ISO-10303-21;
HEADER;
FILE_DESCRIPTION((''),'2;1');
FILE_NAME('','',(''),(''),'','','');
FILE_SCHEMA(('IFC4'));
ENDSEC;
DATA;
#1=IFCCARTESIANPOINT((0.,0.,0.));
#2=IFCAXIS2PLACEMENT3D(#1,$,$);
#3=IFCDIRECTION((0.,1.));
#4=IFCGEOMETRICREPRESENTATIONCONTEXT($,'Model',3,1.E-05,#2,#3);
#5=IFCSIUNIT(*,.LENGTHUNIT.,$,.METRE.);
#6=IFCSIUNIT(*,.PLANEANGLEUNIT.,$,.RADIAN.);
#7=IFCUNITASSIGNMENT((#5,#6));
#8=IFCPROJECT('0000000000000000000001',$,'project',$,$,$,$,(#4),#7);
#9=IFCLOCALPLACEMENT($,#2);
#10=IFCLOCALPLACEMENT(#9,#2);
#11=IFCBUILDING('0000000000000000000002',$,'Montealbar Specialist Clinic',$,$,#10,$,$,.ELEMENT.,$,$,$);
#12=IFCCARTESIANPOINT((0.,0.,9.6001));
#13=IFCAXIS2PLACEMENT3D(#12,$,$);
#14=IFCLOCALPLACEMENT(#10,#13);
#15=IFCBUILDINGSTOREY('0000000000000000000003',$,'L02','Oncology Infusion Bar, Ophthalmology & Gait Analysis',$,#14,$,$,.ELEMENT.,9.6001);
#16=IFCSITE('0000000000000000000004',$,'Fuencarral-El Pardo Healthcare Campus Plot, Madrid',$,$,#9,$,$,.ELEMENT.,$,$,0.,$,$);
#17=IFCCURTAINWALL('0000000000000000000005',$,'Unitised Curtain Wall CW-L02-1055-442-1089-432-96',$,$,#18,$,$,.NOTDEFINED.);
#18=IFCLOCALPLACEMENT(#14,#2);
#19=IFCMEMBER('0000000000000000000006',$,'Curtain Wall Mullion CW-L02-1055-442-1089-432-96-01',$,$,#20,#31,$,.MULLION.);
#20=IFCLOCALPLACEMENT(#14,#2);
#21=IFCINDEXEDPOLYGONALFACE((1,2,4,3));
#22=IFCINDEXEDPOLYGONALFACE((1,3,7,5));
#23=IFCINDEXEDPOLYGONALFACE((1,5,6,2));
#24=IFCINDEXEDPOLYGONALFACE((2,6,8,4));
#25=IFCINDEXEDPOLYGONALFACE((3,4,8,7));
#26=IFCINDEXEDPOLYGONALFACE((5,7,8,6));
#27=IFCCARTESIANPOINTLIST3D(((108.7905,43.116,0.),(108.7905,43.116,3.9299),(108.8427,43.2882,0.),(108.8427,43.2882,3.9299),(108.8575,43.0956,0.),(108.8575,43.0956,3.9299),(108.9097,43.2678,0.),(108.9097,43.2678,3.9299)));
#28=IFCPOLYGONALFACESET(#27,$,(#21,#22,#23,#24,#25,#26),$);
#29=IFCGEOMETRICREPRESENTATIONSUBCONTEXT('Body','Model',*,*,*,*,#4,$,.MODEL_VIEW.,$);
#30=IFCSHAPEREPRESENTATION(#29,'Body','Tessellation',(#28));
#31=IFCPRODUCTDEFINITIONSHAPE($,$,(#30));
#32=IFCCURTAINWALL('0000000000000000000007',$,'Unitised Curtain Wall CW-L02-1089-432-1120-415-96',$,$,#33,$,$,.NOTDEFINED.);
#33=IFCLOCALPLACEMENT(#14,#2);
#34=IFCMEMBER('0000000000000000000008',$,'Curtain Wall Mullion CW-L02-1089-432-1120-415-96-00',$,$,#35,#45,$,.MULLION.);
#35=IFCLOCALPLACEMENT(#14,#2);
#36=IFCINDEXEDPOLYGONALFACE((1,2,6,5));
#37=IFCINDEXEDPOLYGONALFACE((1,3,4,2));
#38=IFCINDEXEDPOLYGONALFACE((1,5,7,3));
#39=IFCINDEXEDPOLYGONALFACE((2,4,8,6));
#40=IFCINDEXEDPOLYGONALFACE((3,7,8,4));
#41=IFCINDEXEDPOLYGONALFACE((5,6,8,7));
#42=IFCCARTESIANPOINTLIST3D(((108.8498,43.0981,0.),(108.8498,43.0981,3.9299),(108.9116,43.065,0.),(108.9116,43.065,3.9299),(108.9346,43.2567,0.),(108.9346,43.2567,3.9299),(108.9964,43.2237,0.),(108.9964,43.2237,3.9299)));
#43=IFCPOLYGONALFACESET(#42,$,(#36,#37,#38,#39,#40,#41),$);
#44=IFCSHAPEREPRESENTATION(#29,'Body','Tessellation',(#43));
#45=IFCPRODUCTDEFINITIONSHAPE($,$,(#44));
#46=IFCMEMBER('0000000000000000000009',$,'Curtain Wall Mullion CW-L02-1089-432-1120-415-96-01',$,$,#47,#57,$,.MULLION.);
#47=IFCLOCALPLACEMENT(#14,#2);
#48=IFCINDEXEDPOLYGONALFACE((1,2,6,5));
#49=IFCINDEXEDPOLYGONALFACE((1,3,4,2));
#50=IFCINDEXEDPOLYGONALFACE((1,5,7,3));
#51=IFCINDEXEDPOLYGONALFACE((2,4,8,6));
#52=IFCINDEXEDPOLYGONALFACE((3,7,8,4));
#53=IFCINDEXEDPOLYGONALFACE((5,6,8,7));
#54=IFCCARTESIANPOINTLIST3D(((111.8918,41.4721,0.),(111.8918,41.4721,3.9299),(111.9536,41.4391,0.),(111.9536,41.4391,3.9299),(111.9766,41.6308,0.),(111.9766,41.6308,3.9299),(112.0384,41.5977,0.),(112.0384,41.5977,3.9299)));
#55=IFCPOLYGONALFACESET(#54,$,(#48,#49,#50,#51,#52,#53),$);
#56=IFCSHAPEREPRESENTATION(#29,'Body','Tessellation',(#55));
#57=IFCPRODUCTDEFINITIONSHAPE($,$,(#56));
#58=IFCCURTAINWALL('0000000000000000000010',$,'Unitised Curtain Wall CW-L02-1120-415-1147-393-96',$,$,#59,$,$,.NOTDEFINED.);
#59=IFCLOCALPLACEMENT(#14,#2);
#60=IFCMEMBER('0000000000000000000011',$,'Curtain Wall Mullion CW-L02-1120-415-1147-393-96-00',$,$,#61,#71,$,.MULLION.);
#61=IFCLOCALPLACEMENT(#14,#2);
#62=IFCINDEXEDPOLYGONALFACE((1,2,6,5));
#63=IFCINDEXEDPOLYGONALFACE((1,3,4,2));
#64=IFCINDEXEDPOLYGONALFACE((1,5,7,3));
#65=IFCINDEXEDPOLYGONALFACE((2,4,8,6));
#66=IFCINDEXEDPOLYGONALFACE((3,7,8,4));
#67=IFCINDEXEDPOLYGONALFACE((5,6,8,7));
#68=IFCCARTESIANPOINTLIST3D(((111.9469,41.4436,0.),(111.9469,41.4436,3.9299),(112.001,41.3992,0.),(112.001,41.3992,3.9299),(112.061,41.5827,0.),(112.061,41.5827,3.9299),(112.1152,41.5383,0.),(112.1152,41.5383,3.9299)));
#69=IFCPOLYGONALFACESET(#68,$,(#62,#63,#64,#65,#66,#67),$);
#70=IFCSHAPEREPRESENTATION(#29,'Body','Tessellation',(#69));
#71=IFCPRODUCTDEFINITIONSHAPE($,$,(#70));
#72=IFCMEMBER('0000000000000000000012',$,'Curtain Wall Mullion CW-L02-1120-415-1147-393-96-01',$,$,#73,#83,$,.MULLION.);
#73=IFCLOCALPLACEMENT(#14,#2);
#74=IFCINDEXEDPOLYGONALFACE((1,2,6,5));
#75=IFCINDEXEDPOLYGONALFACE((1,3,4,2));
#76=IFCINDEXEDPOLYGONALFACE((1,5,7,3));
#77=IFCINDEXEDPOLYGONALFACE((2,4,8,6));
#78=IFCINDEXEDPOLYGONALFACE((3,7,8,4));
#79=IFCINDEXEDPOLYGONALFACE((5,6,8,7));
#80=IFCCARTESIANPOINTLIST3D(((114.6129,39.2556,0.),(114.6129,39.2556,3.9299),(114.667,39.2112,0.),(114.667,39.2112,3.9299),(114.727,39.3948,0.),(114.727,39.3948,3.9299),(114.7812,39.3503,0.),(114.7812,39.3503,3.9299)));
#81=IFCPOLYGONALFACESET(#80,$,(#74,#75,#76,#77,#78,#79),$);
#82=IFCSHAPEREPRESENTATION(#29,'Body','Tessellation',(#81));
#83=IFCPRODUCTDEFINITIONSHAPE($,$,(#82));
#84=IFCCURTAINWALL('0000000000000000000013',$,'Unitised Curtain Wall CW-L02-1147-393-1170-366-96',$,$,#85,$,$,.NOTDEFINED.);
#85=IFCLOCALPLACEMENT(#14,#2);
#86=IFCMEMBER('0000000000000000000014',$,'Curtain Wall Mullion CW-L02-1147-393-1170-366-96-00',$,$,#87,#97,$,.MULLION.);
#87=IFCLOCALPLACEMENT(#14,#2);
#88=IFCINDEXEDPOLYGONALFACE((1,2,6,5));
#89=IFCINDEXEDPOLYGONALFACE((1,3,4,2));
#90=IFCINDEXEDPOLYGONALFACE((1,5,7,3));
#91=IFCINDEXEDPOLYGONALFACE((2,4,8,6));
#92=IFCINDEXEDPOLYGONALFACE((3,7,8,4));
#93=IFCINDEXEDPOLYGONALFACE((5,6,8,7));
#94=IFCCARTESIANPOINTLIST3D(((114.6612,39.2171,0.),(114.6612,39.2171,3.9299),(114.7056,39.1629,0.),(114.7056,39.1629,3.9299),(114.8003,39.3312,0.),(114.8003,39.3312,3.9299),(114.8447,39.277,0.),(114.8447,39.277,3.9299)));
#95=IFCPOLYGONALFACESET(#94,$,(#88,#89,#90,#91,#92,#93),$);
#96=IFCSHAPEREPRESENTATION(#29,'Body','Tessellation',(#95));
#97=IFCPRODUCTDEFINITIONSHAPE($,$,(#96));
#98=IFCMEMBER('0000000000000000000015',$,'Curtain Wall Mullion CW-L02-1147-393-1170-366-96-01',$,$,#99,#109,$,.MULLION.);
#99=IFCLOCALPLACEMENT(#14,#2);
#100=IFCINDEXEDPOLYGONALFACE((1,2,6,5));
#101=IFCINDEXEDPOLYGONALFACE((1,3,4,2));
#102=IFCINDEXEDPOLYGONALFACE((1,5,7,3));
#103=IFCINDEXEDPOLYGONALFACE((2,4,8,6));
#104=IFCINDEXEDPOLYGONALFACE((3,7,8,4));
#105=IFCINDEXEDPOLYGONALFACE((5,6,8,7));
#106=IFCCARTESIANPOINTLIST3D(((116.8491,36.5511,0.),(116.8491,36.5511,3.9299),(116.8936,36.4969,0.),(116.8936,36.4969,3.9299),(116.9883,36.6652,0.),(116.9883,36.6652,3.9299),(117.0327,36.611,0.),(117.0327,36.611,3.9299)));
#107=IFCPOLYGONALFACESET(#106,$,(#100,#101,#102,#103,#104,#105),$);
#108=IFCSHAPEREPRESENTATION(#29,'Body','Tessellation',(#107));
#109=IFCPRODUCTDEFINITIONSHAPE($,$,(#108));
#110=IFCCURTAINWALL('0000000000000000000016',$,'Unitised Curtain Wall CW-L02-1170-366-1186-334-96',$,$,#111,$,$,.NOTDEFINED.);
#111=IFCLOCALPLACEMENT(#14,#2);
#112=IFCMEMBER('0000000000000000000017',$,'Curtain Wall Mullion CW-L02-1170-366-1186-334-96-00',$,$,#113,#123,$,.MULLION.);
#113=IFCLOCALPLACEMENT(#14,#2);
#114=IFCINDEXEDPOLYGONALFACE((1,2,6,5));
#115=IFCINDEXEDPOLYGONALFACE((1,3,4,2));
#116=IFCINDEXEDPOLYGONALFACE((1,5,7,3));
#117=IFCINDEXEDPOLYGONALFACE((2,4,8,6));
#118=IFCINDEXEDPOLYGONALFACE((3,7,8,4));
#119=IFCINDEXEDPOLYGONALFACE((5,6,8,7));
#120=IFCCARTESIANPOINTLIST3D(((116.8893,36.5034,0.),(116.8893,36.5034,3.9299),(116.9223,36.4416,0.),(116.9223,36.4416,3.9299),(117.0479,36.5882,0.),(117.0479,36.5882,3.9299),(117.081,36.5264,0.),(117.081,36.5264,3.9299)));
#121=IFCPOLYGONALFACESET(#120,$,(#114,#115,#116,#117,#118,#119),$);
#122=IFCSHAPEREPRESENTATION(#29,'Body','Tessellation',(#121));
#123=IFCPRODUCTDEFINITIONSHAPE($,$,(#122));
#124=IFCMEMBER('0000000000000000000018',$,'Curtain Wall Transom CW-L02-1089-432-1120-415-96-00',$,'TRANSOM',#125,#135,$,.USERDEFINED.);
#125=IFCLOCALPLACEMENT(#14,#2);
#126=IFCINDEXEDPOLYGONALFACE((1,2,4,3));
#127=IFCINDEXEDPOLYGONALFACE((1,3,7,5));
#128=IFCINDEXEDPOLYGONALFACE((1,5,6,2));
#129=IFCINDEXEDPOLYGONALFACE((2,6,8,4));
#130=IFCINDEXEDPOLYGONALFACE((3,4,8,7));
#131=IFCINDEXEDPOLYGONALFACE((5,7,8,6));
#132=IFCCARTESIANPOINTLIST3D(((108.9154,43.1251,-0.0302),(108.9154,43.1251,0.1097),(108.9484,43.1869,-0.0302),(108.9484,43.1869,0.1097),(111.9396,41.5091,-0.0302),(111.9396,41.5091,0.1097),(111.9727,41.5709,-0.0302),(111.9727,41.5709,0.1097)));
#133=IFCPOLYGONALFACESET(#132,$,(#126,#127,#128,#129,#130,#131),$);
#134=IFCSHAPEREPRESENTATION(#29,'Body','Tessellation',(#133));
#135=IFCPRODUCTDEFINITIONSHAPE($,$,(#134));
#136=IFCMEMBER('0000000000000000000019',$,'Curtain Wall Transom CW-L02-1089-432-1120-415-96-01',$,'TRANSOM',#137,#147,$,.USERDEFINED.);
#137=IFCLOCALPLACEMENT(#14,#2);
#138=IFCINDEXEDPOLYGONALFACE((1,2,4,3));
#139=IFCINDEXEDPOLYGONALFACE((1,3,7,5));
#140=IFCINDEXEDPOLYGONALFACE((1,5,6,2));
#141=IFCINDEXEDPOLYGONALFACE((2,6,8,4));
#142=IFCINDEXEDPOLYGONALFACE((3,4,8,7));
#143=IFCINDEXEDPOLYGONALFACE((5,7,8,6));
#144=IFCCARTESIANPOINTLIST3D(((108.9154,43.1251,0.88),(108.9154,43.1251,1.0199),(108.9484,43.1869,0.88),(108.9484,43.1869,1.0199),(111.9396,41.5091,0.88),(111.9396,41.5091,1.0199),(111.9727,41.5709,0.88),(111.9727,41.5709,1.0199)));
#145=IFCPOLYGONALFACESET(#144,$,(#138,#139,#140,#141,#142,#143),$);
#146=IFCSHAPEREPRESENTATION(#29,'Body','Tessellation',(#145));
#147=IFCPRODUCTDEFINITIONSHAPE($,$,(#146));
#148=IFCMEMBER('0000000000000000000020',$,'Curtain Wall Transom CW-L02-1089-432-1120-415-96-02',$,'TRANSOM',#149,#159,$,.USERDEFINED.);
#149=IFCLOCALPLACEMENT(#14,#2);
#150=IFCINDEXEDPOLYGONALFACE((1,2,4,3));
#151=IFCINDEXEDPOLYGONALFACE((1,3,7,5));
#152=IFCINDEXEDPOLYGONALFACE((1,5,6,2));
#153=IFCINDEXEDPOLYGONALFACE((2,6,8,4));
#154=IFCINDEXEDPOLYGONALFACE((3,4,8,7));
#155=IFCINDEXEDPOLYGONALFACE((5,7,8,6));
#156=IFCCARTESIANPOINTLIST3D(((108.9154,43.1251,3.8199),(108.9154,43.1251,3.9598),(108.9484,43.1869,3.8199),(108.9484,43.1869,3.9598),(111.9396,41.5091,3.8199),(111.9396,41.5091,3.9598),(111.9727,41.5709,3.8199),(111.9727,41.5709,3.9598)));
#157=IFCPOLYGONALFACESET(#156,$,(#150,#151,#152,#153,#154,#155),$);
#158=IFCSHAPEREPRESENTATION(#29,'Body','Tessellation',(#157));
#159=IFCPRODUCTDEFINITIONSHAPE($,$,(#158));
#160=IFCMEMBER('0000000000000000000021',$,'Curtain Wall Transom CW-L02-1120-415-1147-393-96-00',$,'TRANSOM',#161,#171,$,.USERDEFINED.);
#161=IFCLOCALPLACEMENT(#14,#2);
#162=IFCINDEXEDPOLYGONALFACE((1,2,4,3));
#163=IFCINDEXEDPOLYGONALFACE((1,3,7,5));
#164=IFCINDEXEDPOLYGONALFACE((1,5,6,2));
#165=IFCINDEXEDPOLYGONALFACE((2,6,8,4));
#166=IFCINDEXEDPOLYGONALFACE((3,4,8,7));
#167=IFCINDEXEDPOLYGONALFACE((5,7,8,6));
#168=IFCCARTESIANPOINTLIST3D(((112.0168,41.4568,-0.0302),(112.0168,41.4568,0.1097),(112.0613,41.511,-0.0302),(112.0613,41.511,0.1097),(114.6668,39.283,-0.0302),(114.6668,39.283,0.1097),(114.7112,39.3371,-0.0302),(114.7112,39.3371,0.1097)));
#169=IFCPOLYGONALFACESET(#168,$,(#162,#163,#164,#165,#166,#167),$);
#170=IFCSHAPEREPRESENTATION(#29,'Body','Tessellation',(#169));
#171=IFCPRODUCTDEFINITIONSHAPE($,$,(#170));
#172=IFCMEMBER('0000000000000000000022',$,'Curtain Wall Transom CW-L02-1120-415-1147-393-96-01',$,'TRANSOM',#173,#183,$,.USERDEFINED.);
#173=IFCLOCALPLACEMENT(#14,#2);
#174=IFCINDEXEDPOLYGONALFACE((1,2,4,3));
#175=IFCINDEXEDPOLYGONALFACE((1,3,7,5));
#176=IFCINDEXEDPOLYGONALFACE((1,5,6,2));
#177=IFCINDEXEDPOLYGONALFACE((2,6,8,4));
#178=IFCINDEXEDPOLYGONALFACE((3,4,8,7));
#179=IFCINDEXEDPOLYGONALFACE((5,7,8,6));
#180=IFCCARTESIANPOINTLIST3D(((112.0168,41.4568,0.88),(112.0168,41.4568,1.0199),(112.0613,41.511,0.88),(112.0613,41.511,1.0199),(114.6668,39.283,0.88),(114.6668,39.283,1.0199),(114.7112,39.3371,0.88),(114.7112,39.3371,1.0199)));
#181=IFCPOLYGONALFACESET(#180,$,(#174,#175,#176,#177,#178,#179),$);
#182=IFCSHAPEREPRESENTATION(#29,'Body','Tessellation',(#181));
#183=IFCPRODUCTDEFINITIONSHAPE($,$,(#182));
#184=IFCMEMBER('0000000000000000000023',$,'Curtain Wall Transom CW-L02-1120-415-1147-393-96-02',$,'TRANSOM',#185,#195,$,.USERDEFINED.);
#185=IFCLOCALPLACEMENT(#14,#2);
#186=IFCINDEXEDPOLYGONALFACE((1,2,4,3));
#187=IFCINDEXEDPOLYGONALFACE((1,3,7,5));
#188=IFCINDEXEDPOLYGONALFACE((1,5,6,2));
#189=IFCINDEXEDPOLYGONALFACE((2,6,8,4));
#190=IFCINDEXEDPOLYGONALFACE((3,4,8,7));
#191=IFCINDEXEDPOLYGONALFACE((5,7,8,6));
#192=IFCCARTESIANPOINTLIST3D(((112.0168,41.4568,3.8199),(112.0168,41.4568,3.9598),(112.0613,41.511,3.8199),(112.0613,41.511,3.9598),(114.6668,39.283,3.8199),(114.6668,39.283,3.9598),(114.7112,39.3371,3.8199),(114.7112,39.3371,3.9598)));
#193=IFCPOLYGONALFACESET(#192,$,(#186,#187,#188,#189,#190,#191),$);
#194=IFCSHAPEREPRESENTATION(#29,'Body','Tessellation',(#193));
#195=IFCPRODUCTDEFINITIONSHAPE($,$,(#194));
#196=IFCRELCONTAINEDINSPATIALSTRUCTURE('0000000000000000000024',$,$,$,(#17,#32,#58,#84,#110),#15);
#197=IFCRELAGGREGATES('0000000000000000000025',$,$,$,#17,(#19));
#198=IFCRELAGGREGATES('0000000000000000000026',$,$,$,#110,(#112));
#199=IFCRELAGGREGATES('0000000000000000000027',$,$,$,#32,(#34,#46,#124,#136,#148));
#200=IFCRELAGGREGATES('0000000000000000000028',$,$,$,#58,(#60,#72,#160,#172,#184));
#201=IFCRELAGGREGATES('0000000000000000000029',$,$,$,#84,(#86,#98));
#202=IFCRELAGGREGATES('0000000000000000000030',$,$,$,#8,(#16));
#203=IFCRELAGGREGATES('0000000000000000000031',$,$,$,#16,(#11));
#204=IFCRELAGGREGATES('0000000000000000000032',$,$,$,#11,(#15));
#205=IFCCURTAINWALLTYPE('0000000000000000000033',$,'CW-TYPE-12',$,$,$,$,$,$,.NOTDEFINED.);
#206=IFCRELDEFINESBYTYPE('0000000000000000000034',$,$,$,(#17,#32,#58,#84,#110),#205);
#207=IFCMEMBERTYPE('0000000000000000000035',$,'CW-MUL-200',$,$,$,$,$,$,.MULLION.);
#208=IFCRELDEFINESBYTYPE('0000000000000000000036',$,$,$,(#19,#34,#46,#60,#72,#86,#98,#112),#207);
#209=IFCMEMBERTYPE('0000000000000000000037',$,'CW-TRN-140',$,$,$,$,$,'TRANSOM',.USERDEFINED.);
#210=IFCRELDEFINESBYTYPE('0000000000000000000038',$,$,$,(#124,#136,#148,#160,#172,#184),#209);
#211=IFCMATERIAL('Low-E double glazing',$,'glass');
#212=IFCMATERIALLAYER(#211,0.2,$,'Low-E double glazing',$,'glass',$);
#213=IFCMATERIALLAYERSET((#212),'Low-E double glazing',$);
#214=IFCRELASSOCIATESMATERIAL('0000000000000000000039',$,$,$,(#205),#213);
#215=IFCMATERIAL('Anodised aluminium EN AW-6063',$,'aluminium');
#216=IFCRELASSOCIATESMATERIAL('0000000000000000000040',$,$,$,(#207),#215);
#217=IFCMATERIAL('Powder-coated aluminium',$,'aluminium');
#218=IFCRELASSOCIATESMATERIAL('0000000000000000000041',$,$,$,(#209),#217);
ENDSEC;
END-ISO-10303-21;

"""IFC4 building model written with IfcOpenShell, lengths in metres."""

from ifc_helpers import new_model, si_unit, direction, frame, origin, origin_2d, place, context, subcontext, project, spatial, rectangle, extrude, material, layer, layer_set, material_profile, profile_set, type_object, element, aggregate, save


model = new_model("IFC4")

# Units and contexts
model_context = context("Model", 3, precision=1e-05, world=origin(), true_north=direction((0.0, 1.0)))
body_context = subcontext(model_context, "Body", "Model", "MODEL_VIEW")
ifc_project = project(units=[si_unit("LENGTHUNIT", "METRE"), si_unit("PLANEANGLEUNIT", "RADIAN")], contexts=[model_context])

# Site, building, storey
site_placement = place(None, origin())
site = spatial("IfcSite", under=ifc_project, at=site_placement, Name="Fuencarral-El Pardo Healthcare Campus Plot, Madrid", CompositionType="ELEMENT", RefElevation=0.0)
building_placement = place(site_placement, origin())
building = spatial("IfcBuilding", under=site, at=building_placement, Name="Montealbar Specialist Clinic", CompositionType="ELEMENT")
storey_placement = place(building_placement, frame((0.0, 0.0, 9.6001)))
storey = spatial("IfcBuildingStorey", under=building, at=storey_placement, Name="L02", Description="Oncology Infusion Bar, Ophthalmology & Gait Analysis", CompositionType="ELEMENT", Elevation=9.6001)

# Curtain wall, member
ifc_material_1 = material(Name="Low-E double glazing", Category="glass")
ifc_layer_1 = layer(ifc_material_1, 0.2, Name="Low-E double glazing", Category="glass")
ifc_layer_set_1 = layer_set([ifc_layer_1], Name="Low-E double glazing")
curtain_wall_type = type_object("IfcCurtainWallType", Name="CW-TYPE-12", PredefinedType="NOTDEFINED", material=ifc_layer_set_1)
curtain_wall_1_placement = place(storey_placement, origin())
curtain_wall_1 = element("IfcCurtainWall", 1, at=curtain_wall_1_placement, inside=storey, type_object=curtain_wall_type, Name="Unitised Curtain Wall CW-L02-1055-442-1089-432-96", PredefinedType="NOTDEFINED")
ifc_material_2 = material(Name="Anodised aluminium EN AW-6063", Category="aluminium")
ifc_material_profile_1 = material_profile(ifc_material_2, rectangle(XDim=0.0701, YDim=0.1799, at=origin_2d()), Name="ALU 70x180", Category="aluminium")
ifc_profile_set_1 = profile_set([ifc_material_profile_1], Name="Anodised aluminium EN AW-6063")
member_type_1 = type_object("IfcMemberType", Name="CW-MUL-200", PredefinedType="MULLION", material=ifc_profile_set_1)
member_1_placement = place(storey_placement, frame((108.8501, 43.1919, 0.0), z_axis=(0.0, 0.0, 1.0), x_axis=(0.956948, -0.290259, 0.0)))
member_1 = element("IfcMember", 2, at=member_1_placement, type_object=member_type_1, Name="Curtain Wall Mullion CW-L02-1055-442-1089-432-96-01", PredefinedType="MULLION", context=body_context, shape_type="SweptSolid", body=[
    extrude(rectangle(XDim=0.0701, YDim=0.1799, at=origin_2d()), origin(), (0.0, 0.0, 1.0), 3.9299),
])
aggregate(curtain_wall_1, [member_1])

# Curtain walls, members
curtain_wall_2_placement = place(storey_placement, origin())
curtain_wall_2 = element("IfcCurtainWall", 3, at=curtain_wall_2_placement, inside=storey, type_object=curtain_wall_type, Name="Unitised Curtain Wall CW-L02-1089-432-1120-415-96", PredefinedType="NOTDEFINED")
member_2_placement = place(storey_placement, frame((108.9231, 43.1609, 0.0), z_axis=(0.0, 0.0, 1.0), x_axis=(0.88185, -0.471529, 0.0)))
member_2 = element("IfcMember", 4, at=member_2_placement, type_object=member_type_1, Name="Curtain Wall Mullion CW-L02-1089-432-1120-415-96-00", PredefinedType="MULLION", context=body_context, shape_type="SweptSolid", body=[
    extrude(rectangle(XDim=0.0701, YDim=0.1799, at=origin_2d()), origin(), (0.0, 0.0, 1.0), 3.9299),
])
member_3_placement = place(storey_placement, frame((111.9651, 41.5349, 0.0), z_axis=(0.0, 0.0, 1.0), x_axis=(0.88185, -0.471529, 0.0)))
member_3 = element("IfcMember", 5, at=member_3_placement, type_object=member_type_1, Name="Curtain Wall Mullion CW-L02-1089-432-1120-415-96-01", PredefinedType="MULLION", context=body_context, shape_type="SweptSolid", body=[
    extrude(rectangle(XDim=0.0701, YDim=0.1799, at=origin_2d()), origin(), (0.0, 0.0, 1.0), 3.9299),
])
curtain_wall_3_placement = place(storey_placement, origin())
curtain_wall_3 = element("IfcCurtainWall", 6, at=curtain_wall_3_placement, inside=storey, type_object=curtain_wall_type, Name="Unitised Curtain Wall CW-L02-1120-415-1147-393-96", PredefinedType="NOTDEFINED")
member_4_placement = place(storey_placement, frame((112.031, 41.491, 0.0), z_axis=(0.0, 0.0, 1.0), x_axis=(0.773123, -0.634256, 0.0)))
member_4 = element("IfcMember", 7, at=member_4_placement, type_object=member_type_1, Name="Curtain Wall Mullion CW-L02-1120-415-1147-393-96-00", PredefinedType="MULLION", context=body_context, shape_type="SweptSolid", body=[
    extrude(rectangle(XDim=0.0701, YDim=0.1799, at=origin_2d()), origin(), (0.0, 0.0, 1.0), 3.9299),
])
member_5_placement = place(storey_placement, frame((114.697, 39.303, 0.0), z_axis=(0.0, 0.0, 1.0), x_axis=(0.773123, -0.634256, 0.0)))
member_5 = element("IfcMember", 8, at=member_5_placement, type_object=member_type_1, Name="Curtain Wall Mullion CW-L02-1120-415-1147-393-96-01", PredefinedType="MULLION", context=body_context, shape_type="SweptSolid", body=[
    extrude(rectangle(XDim=0.0701, YDim=0.1799, at=origin_2d()), origin(), (0.0, 0.0, 1.0), 3.9299),
])
curtain_wall_4_placement = place(storey_placement, origin())
curtain_wall_4 = element("IfcCurtainWall", 9, at=curtain_wall_4_placement, inside=storey, type_object=curtain_wall_type, Name="Unitised Curtain Wall CW-L02-1147-393-1170-366-96", PredefinedType="NOTDEFINED")
member_6_placement = place(storey_placement, frame((114.7529, 39.2471, 0.0), z_axis=(0.0, 0.0, 1.0), x_axis=(0.634256, -0.773123, 0.0)))
member_6 = element("IfcMember", 10, at=member_6_placement, type_object=member_type_1, Name="Curtain Wall Mullion CW-L02-1147-393-1170-366-96-00", PredefinedType="MULLION", context=body_context, shape_type="SweptSolid", body=[
    extrude(rectangle(XDim=0.0701, YDim=0.1799, at=origin_2d()), origin(), (0.0, 0.0, 1.0), 3.9299),
])
member_7_placement = place(storey_placement, frame((116.9409, 36.5811, 0.0), z_axis=(0.0, 0.0, 1.0), x_axis=(0.634256, -0.773123, 0.0)))
member_7 = element("IfcMember", 11, at=member_7_placement, type_object=member_type_1, Name="Curtain Wall Mullion CW-L02-1147-393-1170-366-96-01", PredefinedType="MULLION", context=body_context, shape_type="SweptSolid", body=[
    extrude(rectangle(XDim=0.0701, YDim=0.1799, at=origin_2d()), origin(), (0.0, 0.0, 1.0), 3.9299),
])

# Curtain wall, member
curtain_wall_5_placement = place(storey_placement, origin())
curtain_wall_5 = element("IfcCurtainWall", 12, at=curtain_wall_5_placement, inside=storey, type_object=curtain_wall_type, Name="Unitised Curtain Wall CW-L02-1170-366-1186-334-96", PredefinedType="NOTDEFINED")
member_8_placement = place(storey_placement, frame((116.9851, 36.5149, 0.0), z_axis=(0.0, 0.0, 1.0), x_axis=(0.471529, -0.88185, 0.0)))
member_8 = element("IfcMember", 13, at=member_8_placement, type_object=member_type_1, Name="Curtain Wall Mullion CW-L02-1170-366-1186-334-96-00", PredefinedType="MULLION", context=body_context, shape_type="SweptSolid", body=[
    extrude(rectangle(XDim=0.0701, YDim=0.1799, at=origin_2d()), origin(), (0.0, 0.0, 1.0), 3.9299),
])

# Members
ifc_material_3 = material(Name="Powder-coated aluminium", Category="aluminium")
ifc_material_profile_2 = material_profile(ifc_material_3, rectangle(XDim=0.0701, YDim=0.1399, at=origin_2d()), Name="ALU 70x140", Category="aluminium")
ifc_profile_set_2 = profile_set([ifc_material_profile_2], Name="Powder-coated aluminium")
member_type_2 = type_object("IfcMemberType", Name="CW-TRN-140", ElementType="TRANSOM", PredefinedType="USERDEFINED", material=ifc_profile_set_2)
member_9_placement = place(storey_placement, frame((108.9319, 43.156, 0.0398), z_axis=(0.88198, -0.471287, 0.0), x_axis=(0.471287, 0.88198, 0.0)))
member_9 = element("IfcMember", 14, at=member_9_placement, type_object=member_type_2, Name="Curtain Wall Transom CW-L02-1089-432-1120-415-96-00", ObjectType="TRANSOM", PredefinedType="USERDEFINED", context=body_context, shape_type="SweptSolid", body=[
    extrude(rectangle(XDim=0.0701, YDim=0.1399, at=origin_2d()), origin(), (0.0, 0.0, 1.0), 3.429),
])
member_10_placement = place(storey_placement, frame((108.9319, 43.156, 0.95), z_axis=(0.88198, -0.471287, 0.0), x_axis=(0.471287, 0.88198, 0.0)))
member_10 = element("IfcMember", 15, at=member_10_placement, type_object=member_type_2, Name="Curtain Wall Transom CW-L02-1089-432-1120-415-96-01", ObjectType="TRANSOM", PredefinedType="USERDEFINED", context=body_context, shape_type="SweptSolid", body=[
    extrude(rectangle(XDim=0.0701, YDim=0.1399, at=origin_2d()), origin(), (0.0, 0.0, 1.0), 3.429),
])
member_11_placement = place(storey_placement, frame((108.9319, 43.156, 3.8899), z_axis=(0.88198, -0.471287, 0.0), x_axis=(0.471287, 0.88198, 0.0)))
member_11 = element("IfcMember", 16, at=member_11_placement, type_object=member_type_2, Name="Curtain Wall Transom CW-L02-1089-432-1120-415-96-02", ObjectType="TRANSOM", PredefinedType="USERDEFINED", context=body_context, shape_type="SweptSolid", body=[
    extrude(rectangle(XDim=0.0701, YDim=0.1399, at=origin_2d()), origin(), (0.0, 0.0, 1.0), 3.429),
])
member_12_placement = place(storey_placement, frame((112.0391, 41.4839, 0.0398), z_axis=(0.773138, -0.634238, 0.0), x_axis=(0.634238, 0.773138, 0.0)))
member_12 = element("IfcMember", 17, at=member_12_placement, type_object=member_type_2, Name="Curtain Wall Transom CW-L02-1120-415-1147-393-96-00", ObjectType="TRANSOM", PredefinedType="USERDEFINED", context=body_context, shape_type="SweptSolid", body=[
    extrude(rectangle(XDim=0.0701, YDim=0.1399, at=origin_2d()), origin(), (0.0, 0.0, 1.0), 3.4275),
])
member_13_placement = place(storey_placement, frame((112.0391, 41.4839, 0.95), z_axis=(0.773138, -0.634238, 0.0), x_axis=(0.634238, 0.773138, 0.0)))
member_13 = element("IfcMember", 18, at=member_13_placement, type_object=member_type_2, Name="Curtain Wall Transom CW-L02-1120-415-1147-393-96-01", ObjectType="TRANSOM", PredefinedType="USERDEFINED", context=body_context, shape_type="SweptSolid", body=[
    extrude(rectangle(XDim=0.0701, YDim=0.1399, at=origin_2d()), origin(), (0.0, 0.0, 1.0), 3.4275),
])
member_14_placement = place(storey_placement, frame((112.0391, 41.4839, 3.8899), z_axis=(0.773138, -0.634238, 0.0), x_axis=(0.634238, 0.773138, 0.0)))
member_14 = element("IfcMember", 19, at=member_14_placement, type_object=member_type_2, Name="Curtain Wall Transom CW-L02-1120-415-1147-393-96-02", ObjectType="TRANSOM", PredefinedType="USERDEFINED", context=body_context, shape_type="SweptSolid", body=[
    extrude(rectangle(XDim=0.0701, YDim=0.1399, at=origin_2d()), origin(), (0.0, 0.0, 1.0), 3.4275),
])
aggregate(curtain_wall_5, [member_8])

aggregate(curtain_wall_2, [member_2, member_3, member_9, member_10, member_11])
aggregate(curtain_wall_3, [member_4, member_5, member_12, member_13, member_14])
aggregate(curtain_wall_4, [member_6, member_7])

save(model, "model.ifc")
